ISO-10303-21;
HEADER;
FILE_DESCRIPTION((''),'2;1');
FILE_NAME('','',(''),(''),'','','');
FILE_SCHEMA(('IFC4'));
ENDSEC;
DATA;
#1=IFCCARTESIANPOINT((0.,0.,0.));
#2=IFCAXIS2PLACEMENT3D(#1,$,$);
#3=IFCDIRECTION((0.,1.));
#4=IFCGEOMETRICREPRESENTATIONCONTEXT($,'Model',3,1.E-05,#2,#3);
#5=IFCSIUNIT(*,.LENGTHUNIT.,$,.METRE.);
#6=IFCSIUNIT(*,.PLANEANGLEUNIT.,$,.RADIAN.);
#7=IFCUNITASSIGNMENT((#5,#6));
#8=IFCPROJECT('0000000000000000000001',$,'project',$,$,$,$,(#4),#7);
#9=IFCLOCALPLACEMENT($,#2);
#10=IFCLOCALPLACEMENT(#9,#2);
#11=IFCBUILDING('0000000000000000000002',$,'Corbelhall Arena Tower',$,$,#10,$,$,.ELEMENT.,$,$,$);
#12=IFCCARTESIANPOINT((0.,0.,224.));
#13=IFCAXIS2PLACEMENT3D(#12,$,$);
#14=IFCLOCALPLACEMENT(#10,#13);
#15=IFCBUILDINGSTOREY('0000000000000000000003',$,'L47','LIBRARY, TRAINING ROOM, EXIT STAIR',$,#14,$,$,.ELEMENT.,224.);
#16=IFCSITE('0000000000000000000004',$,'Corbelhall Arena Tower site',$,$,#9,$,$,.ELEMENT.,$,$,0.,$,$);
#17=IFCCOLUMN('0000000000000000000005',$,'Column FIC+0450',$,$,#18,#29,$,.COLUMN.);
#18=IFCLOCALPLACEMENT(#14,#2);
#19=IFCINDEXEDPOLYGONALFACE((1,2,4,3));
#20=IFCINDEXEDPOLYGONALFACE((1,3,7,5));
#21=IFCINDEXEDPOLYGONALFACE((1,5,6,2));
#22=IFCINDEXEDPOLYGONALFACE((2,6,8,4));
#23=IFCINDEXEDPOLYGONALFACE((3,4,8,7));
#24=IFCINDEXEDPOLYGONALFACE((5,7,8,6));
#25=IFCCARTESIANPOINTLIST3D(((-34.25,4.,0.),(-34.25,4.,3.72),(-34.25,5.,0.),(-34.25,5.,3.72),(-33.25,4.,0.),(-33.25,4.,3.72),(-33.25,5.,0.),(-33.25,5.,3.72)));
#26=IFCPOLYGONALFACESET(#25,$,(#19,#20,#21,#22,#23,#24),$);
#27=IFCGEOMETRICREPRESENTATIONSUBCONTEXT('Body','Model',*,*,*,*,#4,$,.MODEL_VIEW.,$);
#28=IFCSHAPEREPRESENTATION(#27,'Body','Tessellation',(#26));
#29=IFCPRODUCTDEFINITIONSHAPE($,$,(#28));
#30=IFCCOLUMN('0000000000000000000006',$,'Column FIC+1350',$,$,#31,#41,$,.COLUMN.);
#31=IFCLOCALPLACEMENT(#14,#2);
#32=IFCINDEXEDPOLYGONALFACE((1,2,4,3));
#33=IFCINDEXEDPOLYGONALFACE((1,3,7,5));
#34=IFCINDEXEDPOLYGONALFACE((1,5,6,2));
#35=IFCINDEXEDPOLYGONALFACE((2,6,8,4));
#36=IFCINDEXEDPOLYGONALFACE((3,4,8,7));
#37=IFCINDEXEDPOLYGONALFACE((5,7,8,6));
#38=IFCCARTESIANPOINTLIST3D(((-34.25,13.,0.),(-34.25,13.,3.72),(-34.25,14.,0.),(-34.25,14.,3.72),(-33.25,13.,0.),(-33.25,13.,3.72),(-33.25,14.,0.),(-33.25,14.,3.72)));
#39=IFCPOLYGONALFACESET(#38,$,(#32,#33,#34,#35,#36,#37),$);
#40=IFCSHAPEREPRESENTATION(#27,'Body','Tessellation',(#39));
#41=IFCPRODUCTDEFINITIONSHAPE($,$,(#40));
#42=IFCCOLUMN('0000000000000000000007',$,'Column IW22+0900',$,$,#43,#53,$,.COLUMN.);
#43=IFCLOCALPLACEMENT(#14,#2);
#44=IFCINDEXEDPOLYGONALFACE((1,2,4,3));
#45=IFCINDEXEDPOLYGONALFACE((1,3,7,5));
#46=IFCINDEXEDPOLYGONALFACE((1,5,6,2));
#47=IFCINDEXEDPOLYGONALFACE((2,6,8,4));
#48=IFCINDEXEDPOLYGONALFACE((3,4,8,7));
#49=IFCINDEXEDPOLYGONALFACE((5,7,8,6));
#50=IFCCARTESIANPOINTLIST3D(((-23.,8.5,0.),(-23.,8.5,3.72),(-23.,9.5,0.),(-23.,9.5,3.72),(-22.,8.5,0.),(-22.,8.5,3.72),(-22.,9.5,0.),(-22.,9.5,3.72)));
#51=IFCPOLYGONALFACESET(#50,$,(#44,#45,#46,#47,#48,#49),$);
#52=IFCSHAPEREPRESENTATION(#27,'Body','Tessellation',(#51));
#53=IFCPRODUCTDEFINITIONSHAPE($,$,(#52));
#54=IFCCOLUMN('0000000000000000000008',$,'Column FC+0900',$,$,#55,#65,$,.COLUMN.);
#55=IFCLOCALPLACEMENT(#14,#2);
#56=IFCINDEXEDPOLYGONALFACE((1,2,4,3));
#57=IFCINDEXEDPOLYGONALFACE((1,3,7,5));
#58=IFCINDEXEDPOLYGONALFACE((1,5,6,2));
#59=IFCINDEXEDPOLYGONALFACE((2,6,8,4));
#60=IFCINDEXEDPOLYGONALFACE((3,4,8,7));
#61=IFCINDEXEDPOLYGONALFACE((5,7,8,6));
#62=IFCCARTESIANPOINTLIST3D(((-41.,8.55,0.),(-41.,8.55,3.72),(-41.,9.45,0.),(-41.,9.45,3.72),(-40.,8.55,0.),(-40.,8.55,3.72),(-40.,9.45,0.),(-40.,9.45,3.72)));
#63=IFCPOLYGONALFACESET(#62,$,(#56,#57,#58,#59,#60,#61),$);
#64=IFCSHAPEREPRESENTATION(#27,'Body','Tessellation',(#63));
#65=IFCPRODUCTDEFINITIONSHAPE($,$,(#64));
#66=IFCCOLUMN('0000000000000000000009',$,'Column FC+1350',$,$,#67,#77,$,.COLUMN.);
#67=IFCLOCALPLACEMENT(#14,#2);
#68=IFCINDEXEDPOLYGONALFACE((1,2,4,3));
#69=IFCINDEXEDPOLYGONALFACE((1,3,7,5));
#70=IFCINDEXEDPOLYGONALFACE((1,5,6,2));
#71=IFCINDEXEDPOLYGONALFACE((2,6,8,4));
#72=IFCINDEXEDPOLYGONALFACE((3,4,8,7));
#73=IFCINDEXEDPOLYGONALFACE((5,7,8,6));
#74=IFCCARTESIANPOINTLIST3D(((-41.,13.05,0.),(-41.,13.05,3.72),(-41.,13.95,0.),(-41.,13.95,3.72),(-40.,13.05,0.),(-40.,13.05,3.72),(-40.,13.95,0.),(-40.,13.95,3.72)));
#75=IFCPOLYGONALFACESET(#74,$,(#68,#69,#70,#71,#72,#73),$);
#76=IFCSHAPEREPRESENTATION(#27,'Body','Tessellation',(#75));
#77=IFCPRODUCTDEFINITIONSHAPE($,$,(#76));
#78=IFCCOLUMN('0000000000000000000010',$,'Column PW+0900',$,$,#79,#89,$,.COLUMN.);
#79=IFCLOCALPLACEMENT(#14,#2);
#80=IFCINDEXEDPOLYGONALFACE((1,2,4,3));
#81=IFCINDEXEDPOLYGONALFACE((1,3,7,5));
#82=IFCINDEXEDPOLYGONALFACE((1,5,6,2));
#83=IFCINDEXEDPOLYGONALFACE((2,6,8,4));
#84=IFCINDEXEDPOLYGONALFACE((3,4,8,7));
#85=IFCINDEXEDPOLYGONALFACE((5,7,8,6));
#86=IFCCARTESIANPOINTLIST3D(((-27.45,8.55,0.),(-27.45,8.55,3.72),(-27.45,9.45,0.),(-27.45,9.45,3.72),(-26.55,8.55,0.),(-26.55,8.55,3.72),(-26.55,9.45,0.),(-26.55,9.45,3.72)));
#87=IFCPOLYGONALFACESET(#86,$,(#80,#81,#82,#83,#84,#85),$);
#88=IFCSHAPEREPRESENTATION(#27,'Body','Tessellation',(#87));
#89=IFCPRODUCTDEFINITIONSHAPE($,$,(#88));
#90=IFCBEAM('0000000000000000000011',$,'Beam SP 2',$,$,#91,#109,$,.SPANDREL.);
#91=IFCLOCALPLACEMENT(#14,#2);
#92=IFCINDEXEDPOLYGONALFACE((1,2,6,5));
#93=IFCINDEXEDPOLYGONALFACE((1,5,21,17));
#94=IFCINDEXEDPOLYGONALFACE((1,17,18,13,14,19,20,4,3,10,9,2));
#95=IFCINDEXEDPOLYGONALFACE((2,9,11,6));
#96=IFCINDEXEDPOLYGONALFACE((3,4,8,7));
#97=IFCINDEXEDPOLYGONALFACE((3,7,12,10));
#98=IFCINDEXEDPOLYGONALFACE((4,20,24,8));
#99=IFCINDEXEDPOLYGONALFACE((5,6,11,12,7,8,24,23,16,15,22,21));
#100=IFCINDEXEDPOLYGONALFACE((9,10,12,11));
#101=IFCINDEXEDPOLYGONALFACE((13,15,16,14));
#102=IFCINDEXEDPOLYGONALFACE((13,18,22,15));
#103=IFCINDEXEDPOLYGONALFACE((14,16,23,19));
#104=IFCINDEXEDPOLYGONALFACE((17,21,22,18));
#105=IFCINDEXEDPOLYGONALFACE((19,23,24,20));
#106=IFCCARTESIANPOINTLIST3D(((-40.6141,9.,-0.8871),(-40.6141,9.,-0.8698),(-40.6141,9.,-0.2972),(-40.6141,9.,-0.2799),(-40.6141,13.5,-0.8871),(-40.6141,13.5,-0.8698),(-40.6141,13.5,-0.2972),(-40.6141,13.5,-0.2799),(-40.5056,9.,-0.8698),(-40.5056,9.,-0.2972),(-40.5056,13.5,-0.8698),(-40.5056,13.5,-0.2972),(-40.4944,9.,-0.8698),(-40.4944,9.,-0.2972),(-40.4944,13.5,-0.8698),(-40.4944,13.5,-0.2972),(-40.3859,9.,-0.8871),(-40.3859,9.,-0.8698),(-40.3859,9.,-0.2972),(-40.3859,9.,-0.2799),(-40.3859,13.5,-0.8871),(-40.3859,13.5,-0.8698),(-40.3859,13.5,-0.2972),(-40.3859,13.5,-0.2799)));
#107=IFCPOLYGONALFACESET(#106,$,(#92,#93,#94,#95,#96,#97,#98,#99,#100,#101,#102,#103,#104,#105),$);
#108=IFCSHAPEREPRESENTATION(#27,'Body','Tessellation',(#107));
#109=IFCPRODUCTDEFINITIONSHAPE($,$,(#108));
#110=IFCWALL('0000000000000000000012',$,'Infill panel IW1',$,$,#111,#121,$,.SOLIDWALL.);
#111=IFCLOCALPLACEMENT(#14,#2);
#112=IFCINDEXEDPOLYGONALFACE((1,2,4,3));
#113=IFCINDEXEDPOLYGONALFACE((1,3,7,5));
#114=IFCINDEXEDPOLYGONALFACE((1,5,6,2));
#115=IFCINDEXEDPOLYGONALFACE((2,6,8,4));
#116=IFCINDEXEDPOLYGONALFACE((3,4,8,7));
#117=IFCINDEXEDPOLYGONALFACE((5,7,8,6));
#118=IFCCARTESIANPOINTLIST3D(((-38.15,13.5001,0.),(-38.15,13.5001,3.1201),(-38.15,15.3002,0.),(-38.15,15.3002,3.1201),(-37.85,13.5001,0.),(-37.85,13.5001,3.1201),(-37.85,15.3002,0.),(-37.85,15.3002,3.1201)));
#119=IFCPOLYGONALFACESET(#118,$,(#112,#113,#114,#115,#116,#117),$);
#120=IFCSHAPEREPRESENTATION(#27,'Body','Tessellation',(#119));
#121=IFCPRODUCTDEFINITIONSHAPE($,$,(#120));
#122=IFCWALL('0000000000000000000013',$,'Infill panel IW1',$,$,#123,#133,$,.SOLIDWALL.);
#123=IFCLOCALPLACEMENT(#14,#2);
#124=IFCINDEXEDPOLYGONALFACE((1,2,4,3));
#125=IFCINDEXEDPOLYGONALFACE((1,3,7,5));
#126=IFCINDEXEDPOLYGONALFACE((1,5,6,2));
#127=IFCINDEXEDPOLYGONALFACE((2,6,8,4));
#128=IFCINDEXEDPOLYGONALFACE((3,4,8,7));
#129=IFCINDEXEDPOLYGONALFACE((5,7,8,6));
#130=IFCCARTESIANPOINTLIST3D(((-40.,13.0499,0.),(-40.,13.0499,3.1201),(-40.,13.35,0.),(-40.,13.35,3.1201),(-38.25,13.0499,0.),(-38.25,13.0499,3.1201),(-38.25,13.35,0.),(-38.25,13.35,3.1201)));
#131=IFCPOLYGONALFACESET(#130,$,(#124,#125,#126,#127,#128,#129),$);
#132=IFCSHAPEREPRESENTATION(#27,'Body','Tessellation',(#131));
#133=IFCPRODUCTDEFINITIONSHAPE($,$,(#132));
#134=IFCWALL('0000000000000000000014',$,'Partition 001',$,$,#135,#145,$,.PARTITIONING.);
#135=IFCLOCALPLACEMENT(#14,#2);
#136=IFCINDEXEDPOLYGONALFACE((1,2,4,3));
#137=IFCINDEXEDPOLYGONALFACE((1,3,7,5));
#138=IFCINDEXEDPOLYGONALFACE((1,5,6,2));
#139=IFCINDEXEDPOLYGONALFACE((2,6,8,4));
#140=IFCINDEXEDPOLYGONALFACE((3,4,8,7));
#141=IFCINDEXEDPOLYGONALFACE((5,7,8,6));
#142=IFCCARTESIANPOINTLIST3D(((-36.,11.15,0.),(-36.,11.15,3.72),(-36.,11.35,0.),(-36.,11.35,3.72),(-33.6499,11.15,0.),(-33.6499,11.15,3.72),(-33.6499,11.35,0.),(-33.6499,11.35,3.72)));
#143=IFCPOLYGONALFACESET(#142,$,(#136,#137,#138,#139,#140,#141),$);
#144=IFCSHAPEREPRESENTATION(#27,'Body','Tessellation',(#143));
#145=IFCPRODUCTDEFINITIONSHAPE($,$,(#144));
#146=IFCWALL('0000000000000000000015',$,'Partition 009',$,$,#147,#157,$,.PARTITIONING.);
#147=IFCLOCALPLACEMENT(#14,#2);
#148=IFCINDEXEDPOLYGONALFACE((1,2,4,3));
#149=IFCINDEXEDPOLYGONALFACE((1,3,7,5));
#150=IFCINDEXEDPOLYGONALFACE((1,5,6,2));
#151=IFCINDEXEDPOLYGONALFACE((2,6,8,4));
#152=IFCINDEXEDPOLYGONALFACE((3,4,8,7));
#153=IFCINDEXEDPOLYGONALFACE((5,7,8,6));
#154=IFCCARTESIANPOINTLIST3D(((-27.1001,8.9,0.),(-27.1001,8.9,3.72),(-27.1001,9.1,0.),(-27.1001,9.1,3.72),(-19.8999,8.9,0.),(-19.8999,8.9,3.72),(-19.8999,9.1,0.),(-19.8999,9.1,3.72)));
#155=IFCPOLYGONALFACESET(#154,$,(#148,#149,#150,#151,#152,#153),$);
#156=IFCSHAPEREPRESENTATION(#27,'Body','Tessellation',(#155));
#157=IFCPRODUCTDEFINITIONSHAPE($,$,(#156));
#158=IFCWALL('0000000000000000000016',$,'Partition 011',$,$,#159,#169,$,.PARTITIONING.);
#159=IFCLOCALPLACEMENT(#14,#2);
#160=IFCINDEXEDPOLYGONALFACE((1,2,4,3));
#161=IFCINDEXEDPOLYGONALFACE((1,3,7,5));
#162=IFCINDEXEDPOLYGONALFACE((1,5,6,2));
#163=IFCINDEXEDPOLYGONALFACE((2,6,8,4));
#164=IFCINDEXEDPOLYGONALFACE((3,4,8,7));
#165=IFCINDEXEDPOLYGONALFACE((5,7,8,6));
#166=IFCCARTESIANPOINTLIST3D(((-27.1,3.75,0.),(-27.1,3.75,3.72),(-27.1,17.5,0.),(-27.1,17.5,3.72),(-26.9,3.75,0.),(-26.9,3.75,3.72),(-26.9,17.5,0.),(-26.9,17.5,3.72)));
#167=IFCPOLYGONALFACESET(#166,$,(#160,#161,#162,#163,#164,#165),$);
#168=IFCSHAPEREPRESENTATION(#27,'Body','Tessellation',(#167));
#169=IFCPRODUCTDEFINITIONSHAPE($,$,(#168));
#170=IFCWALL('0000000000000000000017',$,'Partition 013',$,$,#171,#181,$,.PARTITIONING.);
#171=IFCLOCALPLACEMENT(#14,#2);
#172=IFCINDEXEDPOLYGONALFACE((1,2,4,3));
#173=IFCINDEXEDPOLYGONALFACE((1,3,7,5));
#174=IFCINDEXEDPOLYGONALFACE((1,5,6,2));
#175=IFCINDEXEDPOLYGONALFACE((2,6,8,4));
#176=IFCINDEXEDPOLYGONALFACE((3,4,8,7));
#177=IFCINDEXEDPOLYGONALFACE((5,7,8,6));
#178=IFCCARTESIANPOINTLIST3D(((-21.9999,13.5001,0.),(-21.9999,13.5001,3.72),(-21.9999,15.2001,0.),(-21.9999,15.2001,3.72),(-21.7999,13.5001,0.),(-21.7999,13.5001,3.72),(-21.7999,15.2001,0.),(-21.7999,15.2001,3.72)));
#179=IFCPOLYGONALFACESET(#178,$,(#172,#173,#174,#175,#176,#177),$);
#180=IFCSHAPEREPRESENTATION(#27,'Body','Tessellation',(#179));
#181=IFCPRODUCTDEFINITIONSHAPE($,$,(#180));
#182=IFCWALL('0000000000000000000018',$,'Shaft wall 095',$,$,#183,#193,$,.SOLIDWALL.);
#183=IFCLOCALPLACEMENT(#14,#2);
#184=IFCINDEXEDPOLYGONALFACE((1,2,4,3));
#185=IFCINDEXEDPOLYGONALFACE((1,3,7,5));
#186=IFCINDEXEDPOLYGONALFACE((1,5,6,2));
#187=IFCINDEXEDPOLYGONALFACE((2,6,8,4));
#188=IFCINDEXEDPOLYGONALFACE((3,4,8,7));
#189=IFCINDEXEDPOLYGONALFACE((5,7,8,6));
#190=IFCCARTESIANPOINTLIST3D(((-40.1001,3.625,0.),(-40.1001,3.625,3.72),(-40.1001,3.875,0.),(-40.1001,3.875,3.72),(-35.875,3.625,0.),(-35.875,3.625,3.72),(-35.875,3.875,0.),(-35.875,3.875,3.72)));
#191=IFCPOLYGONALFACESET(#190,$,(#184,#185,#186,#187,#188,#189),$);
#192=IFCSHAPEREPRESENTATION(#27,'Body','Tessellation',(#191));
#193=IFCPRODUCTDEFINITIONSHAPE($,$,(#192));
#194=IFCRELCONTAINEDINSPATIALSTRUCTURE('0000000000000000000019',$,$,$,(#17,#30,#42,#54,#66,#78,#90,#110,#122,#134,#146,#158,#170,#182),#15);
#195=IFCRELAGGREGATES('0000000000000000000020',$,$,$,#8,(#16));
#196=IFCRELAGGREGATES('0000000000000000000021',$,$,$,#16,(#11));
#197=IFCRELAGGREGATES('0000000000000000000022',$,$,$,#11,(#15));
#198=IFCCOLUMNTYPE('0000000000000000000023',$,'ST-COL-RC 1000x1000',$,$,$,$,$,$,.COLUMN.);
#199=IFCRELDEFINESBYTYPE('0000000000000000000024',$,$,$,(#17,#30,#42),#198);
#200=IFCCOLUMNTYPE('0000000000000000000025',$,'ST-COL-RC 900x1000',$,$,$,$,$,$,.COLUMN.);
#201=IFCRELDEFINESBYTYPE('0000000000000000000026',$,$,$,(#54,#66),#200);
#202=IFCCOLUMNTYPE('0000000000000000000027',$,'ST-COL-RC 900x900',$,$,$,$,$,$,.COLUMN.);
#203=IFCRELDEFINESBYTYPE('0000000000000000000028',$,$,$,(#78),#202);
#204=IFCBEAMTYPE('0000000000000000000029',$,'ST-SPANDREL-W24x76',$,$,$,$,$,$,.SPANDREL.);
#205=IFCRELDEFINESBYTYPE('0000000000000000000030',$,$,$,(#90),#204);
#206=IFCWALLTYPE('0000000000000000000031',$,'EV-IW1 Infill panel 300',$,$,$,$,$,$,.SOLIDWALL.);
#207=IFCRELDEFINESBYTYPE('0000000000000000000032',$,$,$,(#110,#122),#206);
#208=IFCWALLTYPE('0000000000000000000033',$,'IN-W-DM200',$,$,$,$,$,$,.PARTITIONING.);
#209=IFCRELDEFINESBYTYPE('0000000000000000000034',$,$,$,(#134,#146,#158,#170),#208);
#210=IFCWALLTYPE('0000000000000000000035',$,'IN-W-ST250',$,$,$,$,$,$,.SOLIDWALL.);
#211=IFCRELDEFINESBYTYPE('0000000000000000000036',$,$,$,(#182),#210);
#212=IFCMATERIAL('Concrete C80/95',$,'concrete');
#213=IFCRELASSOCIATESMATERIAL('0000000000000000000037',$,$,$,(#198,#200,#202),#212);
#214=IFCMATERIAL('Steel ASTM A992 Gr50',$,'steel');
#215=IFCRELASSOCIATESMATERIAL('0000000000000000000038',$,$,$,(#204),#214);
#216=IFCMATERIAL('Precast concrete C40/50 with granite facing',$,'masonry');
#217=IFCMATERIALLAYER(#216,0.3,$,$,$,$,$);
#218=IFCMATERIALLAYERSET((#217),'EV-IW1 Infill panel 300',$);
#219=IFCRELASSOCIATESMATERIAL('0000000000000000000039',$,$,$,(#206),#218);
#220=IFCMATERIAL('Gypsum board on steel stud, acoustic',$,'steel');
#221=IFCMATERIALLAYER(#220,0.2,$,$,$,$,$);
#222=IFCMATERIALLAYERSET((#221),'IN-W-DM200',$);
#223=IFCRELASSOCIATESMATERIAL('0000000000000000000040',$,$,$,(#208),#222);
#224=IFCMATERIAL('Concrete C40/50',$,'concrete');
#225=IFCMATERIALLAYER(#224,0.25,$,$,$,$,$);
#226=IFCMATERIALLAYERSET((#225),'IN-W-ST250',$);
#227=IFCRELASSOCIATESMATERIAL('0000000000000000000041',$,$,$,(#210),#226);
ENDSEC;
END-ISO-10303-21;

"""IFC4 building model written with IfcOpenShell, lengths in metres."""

from ifc_helpers import new_model, si_unit, direction, frame, frame_2d, origin, origin_2d, place, context, subcontext, project, spatial, rectangle, i_section, extrude, material, layer, layer_set, material_profile, profile_set, type_object, element, save


model = new_model("IFC4")

# Units and contexts
model_context = context("Model", 3, precision=1e-05, world=origin(), true_north=direction((0.0, 1.0)))
body_context = subcontext(model_context, "Body", "Model", "MODEL_VIEW")
ifc_project = project(units=[si_unit("LENGTHUNIT", "METRE"), si_unit("PLANEANGLEUNIT", "RADIAN")], contexts=[model_context])

# Site, building, storey
site_placement = place(None, origin())
site = spatial("IfcSite", under=ifc_project, at=site_placement, Name="Corbelhall Arena Tower site", CompositionType="ELEMENT", RefElevation=0.0)
building_placement = place(site_placement, origin())
building = spatial("IfcBuilding", under=site, at=building_placement, Name="Corbelhall Arena Tower", CompositionType="ELEMENT")
storey_placement = place(building_placement, frame((0.0, 0.0, 224.0)))
storey = spatial("IfcBuildingStorey", under=building, at=storey_placement, Name="L47", Description="LIBRARY, TRAINING ROOM, EXIT STAIR", CompositionType="ELEMENT", Elevation=224.0)

# Columns
ifc_material_1 = material(Name="Concrete C80/95", Category="concrete")
ifc_material_profile_1 = material_profile(ifc_material_1, rectangle(XDim=1.0, YDim=1.0, at=origin_2d()))
ifc_profile_set_1 = profile_set([ifc_material_profile_1], Name="Concrete C80/95")
column_type_1 = type_object("IfcColumnType", Name="ST-COL-RC 1000x1000", PredefinedType="COLUMN", material=ifc_profile_set_1)
for number, where, z_axis, x_axis, name in (
    (1, (-33.75, 4.5, 0.0), (0.0, 0.0, 1.0), (1.0, 0.0, 0.0), "Column FIC+0450"),
    (2, (-33.75, 13.5, 0.0), (0.0, 0.0, 1.0), (1.0, 0.0, 0.0), "Column FIC+1350"),
    (3, (-22.5, 9.0, 0.0), (0.0, 0.0, 1.0), (1.0, 0.0, 0.0), "Column IW22+0900"),
):
    element("IfcColumn", number, at=place(storey_placement, frame(where, z_axis=z_axis, x_axis=x_axis)), inside=storey, type_object=column_type_1, Name=name, PredefinedType="COLUMN", context=body_context, shape_type="SweptSolid", body=[
        extrude(rectangle(XDim=1.0, YDim=1.0, at=origin_2d()), origin(), (0.0, 0.0, 1.0), 3.72),
    ])
ifc_material_profile_2 = material_profile(ifc_material_1, rectangle(XDim=0.8999, YDim=1.0, at=origin_2d()))
ifc_profile_set_2 = profile_set([ifc_material_profile_2], Name="Concrete C80/95")
column_type_2 = type_object("IfcColumnType", Name="ST-COL-RC 900x1000", PredefinedType="COLUMN", material=ifc_profile_set_2)
for number, where, z_axis, x_axis, name in (
    (4, (-40.5, 9.0, 0.0), (0.0, 0.0, 1.0), (0.0, 1.0, 0.0), "Column FC+0900"),
    (5, (-40.5, 13.5, 0.0), (0.0, 0.0, 1.0), (0.0, 1.0, 0.0), "Column FC+1350"),
):
    element("IfcColumn", number, at=place(storey_placement, frame(where, z_axis=z_axis, x_axis=x_axis)), inside=storey, type_object=column_type_2, Name=name, PredefinedType="COLUMN", context=body_context, shape_type="SweptSolid", body=[
        extrude(rectangle(XDim=0.8999, YDim=1.0, at=origin_2d()), origin(), (0.0, 0.0, 1.0), 3.72),
    ])
ifc_material_profile_3 = material_profile(ifc_material_1, rectangle(XDim=0.8999, YDim=0.8999, at=origin_2d()))
ifc_profile_set_3 = profile_set([ifc_material_profile_3], Name="Concrete C80/95")
column_type_3 = type_object("IfcColumnType", Name="ST-COL-RC 900x900", PredefinedType="COLUMN", material=ifc_profile_set_3)
column_placement = place(storey_placement, frame((-27.0, 9.0, 0.0), z_axis=(0.0, 0.0, 1.0), x_axis=(1.0, 0.0, 0.0)))
element("IfcColumn", 6, at=column_placement, inside=storey, type_object=column_type_3, Name="Column PW+0900", PredefinedType="COLUMN", context=body_context, shape_type="SweptSolid", body=[
    extrude(rectangle(XDim=0.8999, YDim=0.8999, at=origin_2d()), origin(), (0.0, 0.0, 1.0), 3.72),
])

# Beam
ifc_material_2 = material(Name="Steel ASTM A992 Gr50", Category="steel")
ifc_material_profile_4 = material_profile(ifc_material_2, i_section(OverallWidth=0.2283, OverallDepth=0.6072, WebThickness=0.0112, FlangeThickness=0.0173, at=origin_2d()))
ifc_profile_set_4 = profile_set([ifc_material_profile_4], Name="Steel ASTM A992 Gr50")
beam_type = type_object("IfcBeamType", Name="ST-SPANDREL-W24x76", PredefinedType="SPANDREL", material=ifc_profile_set_4)
beam_placement = place(storey_placement, frame((-40.5, 9.0, -0.5835), z_axis=(0.0, 1.0, 0.0), x_axis=(-1.0, 0.0, 0.0)))
element("IfcBeam", 7, at=beam_placement, inside=storey, type_object=beam_type, Name="Beam SP 2", PredefinedType="SPANDREL", context=body_context, shape_type="SweptSolid", body=[
    extrude(i_section(OverallWidth=0.2283, OverallDepth=0.6072, WebThickness=0.0112, FlangeThickness=0.0173, at=origin_2d()), origin(), (0.0, 0.0, 1.0), 4.5),
])

# Walls
ifc_material_3 = material(Name="Precast concrete C40/50 with granite facing", Category="masonry")
ifc_layer_1 = layer(ifc_material_3, 0.3)
ifc_layer_set_1 = layer_set([ifc_layer_1], Name="EV-IW1 Infill panel 300")
wall_type_1 = type_object("IfcWallType", Name="EV-IW1 Infill panel 300", PredefinedType="SOLIDWALL", material=ifc_layer_set_1)
wall_1_placement = place(storey_placement, frame((-38.0, 15.3, 0.0), z_axis=(0.0, 0.0, 1.0), x_axis=(0.0, -1.0, 0.0)))
element("IfcWall", 8, at=wall_1_placement, inside=storey, type_object=wall_type_1, Name="Infill panel IW1", PredefinedType="SOLIDWALL", context=body_context, shape_type="SweptSolid", body=[
    extrude(rectangle(XDim=1.8, YDim=0.3, at=frame_2d((0.8999, 0.0))), origin(), (0.0, 0.0, 1.0), 3.1201),
])
wall_2_placement = place(storey_placement, frame((-40.0, 13.2, 0.0), z_axis=(0.0, 0.0, 1.0), x_axis=(1.0, 0.0, 0.0)))
element("IfcWall", 9, at=wall_2_placement, inside=storey, type_object=wall_type_1, Name="Infill panel IW1", PredefinedType="SOLIDWALL", context=body_context, shape_type="SweptSolid", body=[
    extrude(rectangle(XDim=1.75, YDim=0.3, at=frame_2d((0.875, 0.0))), origin(), (0.0, 0.0, 1.0), 3.1201),
])

# Wall
ifc_material_4 = material(Name="Gypsum board on steel stud, acoustic", Category="steel")
ifc_layer_2 = layer(ifc_material_4, 0.2)
ifc_layer_set_2 = layer_set([ifc_layer_2], Name="IN-W-DM200")
wall_type_2 = type_object("IfcWallType", Name="IN-W-DM200", PredefinedType="PARTITIONING", material=ifc_layer_set_2)
wall_3_placement = place(storey_placement, frame((-36.0, 11.25, 0.0), z_axis=(0.0, 0.0, 1.0), x_axis=(1.0, 0.0, 0.0)))
element("IfcWall", 10, at=wall_3_placement, inside=storey, type_object=wall_type_2, Name="Partition 001", PredefinedType="PARTITIONING", context=body_context, shape_type="SweptSolid", body=[
    extrude(rectangle(XDim=2.3501, YDim=0.2, at=frame_2d((1.175, 0.0))), origin(), (0.0, 0.0, 1.0), 3.72),
])

# Walls
wall_4_placement = place(storey_placement, frame((-27.1001, 9.0, 0.0), z_axis=(0.0, 0.0, 1.0), x_axis=(1.0, 0.0, 0.0)))
element("IfcWall", 11, at=wall_4_placement, inside=storey, type_object=wall_type_2, Name="Partition 009", PredefinedType="PARTITIONING", context=body_context, shape_type="SweptSolid", body=[
    extrude(rectangle(XDim=7.2002, YDim=0.2, at=frame_2d((3.6001, 0.0))), origin(), (0.0, 0.0, 1.0), 3.72),
])
wall_5_placement = place(storey_placement, frame((-27.0, 3.75, 0.0), z_axis=(0.0, 0.0, 1.0), x_axis=(0.0, 1.0, 0.0)))
element("IfcWall", 12, at=wall_5_placement, inside=storey, type_object=wall_type_2, Name="Partition 011", PredefinedType="PARTITIONING", context=body_context, shape_type="SweptSolid", body=[
    extrude(rectangle(XDim=13.75, YDim=0.2, at=frame_2d((6.875, 0.0))), origin(), (0.0, 0.0, 1.0), 3.72),
])
wall_6_placement = place(storey_placement, frame((-21.8999, 13.5, 0.0), z_axis=(0.0, 0.0, 1.0), x_axis=(0.0, 1.0, 0.0)))
element("IfcWall", 13, at=wall_6_placement, inside=storey, type_object=wall_type_2, Name="Partition 013", PredefinedType="PARTITIONING", context=body_context, shape_type="SweptSolid", body=[
    extrude(rectangle(XDim=1.7, YDim=0.2, at=frame_2d((0.8501, 0.0))), origin(), (0.0, 0.0, 1.0), 3.72),
])
ifc_material_5 = material(Name="Concrete C40/50", Category="concrete")
ifc_layer_3 = layer(ifc_material_5, 0.25)
ifc_layer_set_3 = layer_set([ifc_layer_3], Name="IN-W-ST250")
wall_type_3 = type_object("IfcWallType", Name="IN-W-ST250", PredefinedType="SOLIDWALL", material=ifc_layer_set_3)
wall_7_placement = place(storey_placement, frame((-40.1001, 3.75, 0.0), z_axis=(0.0, 0.0, 1.0), x_axis=(1.0, 0.0, 0.0)))
element("IfcWall", 14, at=wall_7_placement, inside=storey, type_object=wall_type_3, Name="Shaft wall 095", PredefinedType="SOLIDWALL", context=body_context, shape_type="SweptSolid", body=[
    extrude(rectangle(XDim=4.2251, YDim=0.25, at=frame_2d((2.1125, 0.0))), origin(), (0.0, 0.0, 1.0), 3.72),
])

save(model, "model.ifc")
